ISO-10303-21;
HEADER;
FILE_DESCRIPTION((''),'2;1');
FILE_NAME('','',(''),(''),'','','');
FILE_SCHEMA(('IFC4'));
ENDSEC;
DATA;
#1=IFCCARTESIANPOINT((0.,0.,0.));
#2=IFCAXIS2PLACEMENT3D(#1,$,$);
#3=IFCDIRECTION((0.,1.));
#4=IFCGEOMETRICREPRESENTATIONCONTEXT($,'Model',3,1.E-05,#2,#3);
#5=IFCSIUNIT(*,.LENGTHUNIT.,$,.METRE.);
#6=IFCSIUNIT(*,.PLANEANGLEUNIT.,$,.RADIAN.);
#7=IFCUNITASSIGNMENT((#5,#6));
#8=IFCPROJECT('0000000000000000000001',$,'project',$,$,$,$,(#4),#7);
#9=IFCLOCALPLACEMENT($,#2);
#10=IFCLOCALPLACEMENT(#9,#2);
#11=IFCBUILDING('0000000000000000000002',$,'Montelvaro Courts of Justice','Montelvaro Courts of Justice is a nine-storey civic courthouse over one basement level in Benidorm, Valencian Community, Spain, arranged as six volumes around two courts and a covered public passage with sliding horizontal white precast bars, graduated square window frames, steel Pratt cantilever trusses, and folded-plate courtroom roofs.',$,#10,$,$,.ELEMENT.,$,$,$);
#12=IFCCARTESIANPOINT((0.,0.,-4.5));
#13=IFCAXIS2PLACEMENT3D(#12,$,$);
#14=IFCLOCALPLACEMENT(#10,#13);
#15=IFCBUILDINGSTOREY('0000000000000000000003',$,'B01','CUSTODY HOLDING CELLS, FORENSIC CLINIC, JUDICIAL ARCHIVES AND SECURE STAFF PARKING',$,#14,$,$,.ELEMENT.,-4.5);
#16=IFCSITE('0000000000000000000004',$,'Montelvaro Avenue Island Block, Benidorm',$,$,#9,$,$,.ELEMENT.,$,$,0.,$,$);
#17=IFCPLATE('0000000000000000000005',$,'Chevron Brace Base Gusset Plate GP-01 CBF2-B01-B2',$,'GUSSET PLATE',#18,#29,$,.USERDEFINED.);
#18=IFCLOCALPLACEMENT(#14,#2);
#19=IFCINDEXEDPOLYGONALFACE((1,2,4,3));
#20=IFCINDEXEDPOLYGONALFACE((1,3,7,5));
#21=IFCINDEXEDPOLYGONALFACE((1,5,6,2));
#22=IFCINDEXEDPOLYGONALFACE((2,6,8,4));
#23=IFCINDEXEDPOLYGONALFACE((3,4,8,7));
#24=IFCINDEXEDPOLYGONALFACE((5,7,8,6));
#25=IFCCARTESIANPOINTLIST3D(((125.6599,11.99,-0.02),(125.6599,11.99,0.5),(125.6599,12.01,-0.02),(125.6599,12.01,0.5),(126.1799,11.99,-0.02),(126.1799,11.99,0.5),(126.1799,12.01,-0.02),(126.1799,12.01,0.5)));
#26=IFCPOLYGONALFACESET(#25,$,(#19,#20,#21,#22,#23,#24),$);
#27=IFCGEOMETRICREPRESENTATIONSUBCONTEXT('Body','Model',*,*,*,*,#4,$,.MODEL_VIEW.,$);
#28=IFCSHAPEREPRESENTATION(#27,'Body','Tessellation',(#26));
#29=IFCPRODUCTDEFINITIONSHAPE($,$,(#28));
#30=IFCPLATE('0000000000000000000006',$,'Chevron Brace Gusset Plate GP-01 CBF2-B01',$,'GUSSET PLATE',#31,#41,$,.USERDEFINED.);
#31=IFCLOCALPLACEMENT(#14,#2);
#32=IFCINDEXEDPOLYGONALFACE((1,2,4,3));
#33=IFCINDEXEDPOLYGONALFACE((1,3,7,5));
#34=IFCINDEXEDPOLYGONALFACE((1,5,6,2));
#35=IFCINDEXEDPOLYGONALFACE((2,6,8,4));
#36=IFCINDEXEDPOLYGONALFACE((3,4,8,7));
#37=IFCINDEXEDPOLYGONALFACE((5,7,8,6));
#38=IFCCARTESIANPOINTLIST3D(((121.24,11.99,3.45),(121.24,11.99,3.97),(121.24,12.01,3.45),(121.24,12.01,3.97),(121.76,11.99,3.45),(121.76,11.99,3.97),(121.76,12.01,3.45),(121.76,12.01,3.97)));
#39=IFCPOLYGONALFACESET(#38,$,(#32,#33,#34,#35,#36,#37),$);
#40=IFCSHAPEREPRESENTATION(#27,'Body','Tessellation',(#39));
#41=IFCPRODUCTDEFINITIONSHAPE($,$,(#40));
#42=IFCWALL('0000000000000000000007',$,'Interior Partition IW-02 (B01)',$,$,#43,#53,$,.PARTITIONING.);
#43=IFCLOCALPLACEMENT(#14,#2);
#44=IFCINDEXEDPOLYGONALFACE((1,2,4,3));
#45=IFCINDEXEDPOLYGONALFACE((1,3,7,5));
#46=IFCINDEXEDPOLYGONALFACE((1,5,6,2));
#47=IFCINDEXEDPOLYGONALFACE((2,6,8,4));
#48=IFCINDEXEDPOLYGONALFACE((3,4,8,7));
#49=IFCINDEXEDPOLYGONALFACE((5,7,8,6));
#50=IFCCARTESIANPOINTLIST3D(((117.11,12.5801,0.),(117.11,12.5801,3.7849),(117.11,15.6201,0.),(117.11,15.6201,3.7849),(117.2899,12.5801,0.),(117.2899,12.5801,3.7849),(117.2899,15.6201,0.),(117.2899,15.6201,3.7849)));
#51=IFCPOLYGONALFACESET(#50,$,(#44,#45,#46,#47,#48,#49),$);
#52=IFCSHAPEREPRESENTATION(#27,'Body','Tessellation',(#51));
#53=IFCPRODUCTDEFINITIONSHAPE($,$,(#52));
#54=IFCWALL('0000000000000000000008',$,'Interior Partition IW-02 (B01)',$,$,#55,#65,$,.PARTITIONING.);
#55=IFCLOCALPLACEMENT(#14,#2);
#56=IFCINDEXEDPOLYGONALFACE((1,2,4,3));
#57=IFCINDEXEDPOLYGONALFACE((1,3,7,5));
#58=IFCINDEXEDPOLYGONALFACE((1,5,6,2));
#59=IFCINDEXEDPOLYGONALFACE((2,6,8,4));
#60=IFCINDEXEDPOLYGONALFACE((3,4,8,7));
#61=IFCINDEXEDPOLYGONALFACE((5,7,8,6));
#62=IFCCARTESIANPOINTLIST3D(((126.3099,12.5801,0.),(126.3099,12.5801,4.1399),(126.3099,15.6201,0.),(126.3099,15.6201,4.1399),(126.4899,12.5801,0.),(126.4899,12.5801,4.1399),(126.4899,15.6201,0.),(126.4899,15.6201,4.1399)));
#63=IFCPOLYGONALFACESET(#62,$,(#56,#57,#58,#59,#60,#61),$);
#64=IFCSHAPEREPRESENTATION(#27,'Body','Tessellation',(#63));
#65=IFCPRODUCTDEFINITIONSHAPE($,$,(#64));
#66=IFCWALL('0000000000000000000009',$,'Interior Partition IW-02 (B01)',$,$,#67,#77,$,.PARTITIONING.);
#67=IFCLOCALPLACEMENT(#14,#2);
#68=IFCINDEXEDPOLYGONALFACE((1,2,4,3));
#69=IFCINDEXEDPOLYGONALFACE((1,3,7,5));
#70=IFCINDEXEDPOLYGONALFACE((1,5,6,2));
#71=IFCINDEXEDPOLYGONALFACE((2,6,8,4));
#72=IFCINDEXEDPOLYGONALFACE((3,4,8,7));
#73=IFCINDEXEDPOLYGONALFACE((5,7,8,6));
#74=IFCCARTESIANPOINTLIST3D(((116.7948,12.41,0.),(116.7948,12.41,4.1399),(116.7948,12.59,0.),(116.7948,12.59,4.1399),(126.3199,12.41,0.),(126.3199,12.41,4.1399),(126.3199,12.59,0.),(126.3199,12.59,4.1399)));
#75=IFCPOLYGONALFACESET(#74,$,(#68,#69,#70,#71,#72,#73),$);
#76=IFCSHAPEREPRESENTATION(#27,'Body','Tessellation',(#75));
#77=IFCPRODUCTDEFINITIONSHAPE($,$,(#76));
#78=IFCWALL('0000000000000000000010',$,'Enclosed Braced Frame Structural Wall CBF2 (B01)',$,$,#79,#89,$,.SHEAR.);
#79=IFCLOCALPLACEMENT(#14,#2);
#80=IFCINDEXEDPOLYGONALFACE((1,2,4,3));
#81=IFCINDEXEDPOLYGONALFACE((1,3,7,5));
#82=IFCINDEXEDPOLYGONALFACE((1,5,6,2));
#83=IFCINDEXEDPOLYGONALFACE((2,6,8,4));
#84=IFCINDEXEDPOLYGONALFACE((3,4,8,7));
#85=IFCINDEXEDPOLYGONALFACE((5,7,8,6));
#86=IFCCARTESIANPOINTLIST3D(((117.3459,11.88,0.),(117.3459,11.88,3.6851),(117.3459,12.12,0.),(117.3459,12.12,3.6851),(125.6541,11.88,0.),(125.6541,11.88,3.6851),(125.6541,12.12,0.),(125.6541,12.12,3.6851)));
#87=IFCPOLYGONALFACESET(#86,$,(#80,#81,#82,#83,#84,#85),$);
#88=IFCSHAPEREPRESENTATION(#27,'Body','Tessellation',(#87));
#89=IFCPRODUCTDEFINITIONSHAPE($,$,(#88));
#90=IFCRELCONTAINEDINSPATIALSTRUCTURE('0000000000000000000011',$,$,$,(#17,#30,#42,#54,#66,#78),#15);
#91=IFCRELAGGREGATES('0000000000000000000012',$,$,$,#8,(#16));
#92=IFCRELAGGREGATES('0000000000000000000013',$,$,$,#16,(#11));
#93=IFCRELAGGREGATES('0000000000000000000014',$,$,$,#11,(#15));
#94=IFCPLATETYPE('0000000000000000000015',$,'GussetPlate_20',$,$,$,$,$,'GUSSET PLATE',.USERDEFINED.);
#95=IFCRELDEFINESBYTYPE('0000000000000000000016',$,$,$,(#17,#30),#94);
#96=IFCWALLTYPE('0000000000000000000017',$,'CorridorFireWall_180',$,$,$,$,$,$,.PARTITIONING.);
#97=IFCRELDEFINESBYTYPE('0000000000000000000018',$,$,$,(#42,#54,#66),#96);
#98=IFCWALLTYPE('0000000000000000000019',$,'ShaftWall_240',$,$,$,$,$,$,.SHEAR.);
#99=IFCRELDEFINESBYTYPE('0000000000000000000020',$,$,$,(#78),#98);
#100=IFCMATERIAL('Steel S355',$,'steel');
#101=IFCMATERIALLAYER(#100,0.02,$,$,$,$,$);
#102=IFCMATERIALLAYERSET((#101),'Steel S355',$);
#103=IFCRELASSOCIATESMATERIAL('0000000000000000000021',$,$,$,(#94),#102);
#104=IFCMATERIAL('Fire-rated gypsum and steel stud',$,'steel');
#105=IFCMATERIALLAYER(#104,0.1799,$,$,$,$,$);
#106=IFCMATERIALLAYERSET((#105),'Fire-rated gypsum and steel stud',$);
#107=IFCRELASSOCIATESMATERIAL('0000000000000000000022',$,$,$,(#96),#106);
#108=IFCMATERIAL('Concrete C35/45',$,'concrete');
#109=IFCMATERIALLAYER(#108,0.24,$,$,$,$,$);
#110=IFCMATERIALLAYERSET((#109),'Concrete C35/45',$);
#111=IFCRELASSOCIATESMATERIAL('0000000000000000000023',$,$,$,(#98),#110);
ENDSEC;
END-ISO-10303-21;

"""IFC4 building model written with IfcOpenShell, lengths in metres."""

from ifc_helpers import new_model, si_unit, direction, frame, frame_2d, origin, origin_2d, place, context, subcontext, project, spatial, rectangle, extrude, material, layer, layer_set, type_object, element, save


model = new_model("IFC4")

# Units and contexts
model_context = context("Model", 3, precision=1e-05, world=origin(), true_north=direction((0.0, 1.0)))
body_context = subcontext(model_context, "Body", "Model", "MODEL_VIEW")
ifc_project = project(units=[si_unit("LENGTHUNIT", "METRE"), si_unit("PLANEANGLEUNIT", "RADIAN")], contexts=[model_context])

# Site, building, storey
site_placement = place(None, origin())
site = spatial("IfcSite", under=ifc_project, at=site_placement, Name="Montelvaro Avenue Island Block, Benidorm", CompositionType="ELEMENT", RefElevation=0.0)
building_placement = place(site_placement, origin())
building = spatial("IfcBuilding", under=site, at=building_placement, Name="Montelvaro Courts of Justice", Description="Montelvaro Courts of Justice is a nine-storey civic courthouse over one basement level in Benidorm, Valencian Community, Spain, arranged as six volumes around two courts and a covered public passage with sliding horizontal white precast bars, graduated square window frames, steel Pratt cantilever trusses, and folded-plate courtroom roofs.", CompositionType="ELEMENT")
storey_placement = place(building_placement, frame((0.0, 0.0, -4.5)))
storey = spatial("IfcBuildingStorey", under=building, at=storey_placement, Name="B01", Description="CUSTODY HOLDING CELLS, FORENSIC CLINIC, JUDICIAL ARCHIVES AND SECURE STAFF PARKING", CompositionType="ELEMENT", Elevation=-4.5)

# Shared definitions
ifc_material_1 = material(Name="Concrete C35/45", Category="concrete")

# Shared definitions
ifc_material_2 = material(Name="Steel S355", Category="steel")

# Plates
ifc_layer_1 = layer(ifc_material_2, 0.02)
ifc_layer_set_1 = layer_set([ifc_layer_1], Name="Steel S355")
plate_type_1 = type_object("IfcPlateType", Name="GussetPlate_20", ElementType="GUSSET PLATE", PredefinedType="USERDEFINED", material=ifc_layer_set_1)
for number, where, z_axis, x_axis, name in (
    (1, (125.9199, 12.0, -0.02), (0.0, 0.0, 1.0), (1.0, 0.0, 0.0), "Chevron Brace Base Gusset Plate GP-01 CBF2-B01-B2"),
    (2, (121.5, 12.0, 3.45), (0.0, 0.0, 1.0), (1.0, 0.0, 0.0), "Chevron Brace Gusset Plate GP-01 CBF2-B01"),
):
    element("IfcPlate", number, at=place(storey_placement, frame(where, z_axis=z_axis, x_axis=x_axis)), inside=storey, type_object=plate_type_1, Name=name, ObjectType="GUSSET PLATE", PredefinedType="USERDEFINED", context=body_context, shape_type="SweptSolid", body=[
        extrude(rectangle(XDim=0.52, YDim=0.02, at=origin_2d()), origin(), (0.0, 0.0, 1.0), 0.52),
    ])

# Walls
ifc_material_3 = material(Name="Fire-rated gypsum and steel stud", Category="steel")
ifc_layer_2 = layer(ifc_material_3, 0.1799)
ifc_layer_set_2 = layer_set([ifc_layer_2], Name="Fire-rated gypsum and steel stud")
wall_type_1 = type_object("IfcWallType", Name="CorridorFireWall_180", PredefinedType="PARTITIONING", material=ifc_layer_set_2)
wall_1_placement = place(storey_placement, frame((117.2, 12.5801, 0.0), z_axis=(0.0, 0.0, 1.0), x_axis=(0.0, 1.0, 0.0)))
element("IfcWall", 3, at=wall_1_placement, inside=storey, type_object=wall_type_1, Name="Interior Partition IW-02 (B01)", PredefinedType="PARTITIONING", context=body_context, shape_type="SweptSolid", body=[
    extrude(rectangle(XDim=3.04, YDim=0.1799, at=frame_2d((1.52, 0.0))), origin(), (0.0, 0.0, 1.0), 3.7849),
])
wall_2_placement = place(storey_placement, frame((126.3999, 15.6201, 0.0), z_axis=(0.0, 0.0, 1.0), x_axis=(0.0, -1.0, 0.0)))
element("IfcWall", 4, at=wall_2_placement, inside=storey, type_object=wall_type_1, Name="Interior Partition IW-02 (B01)", PredefinedType="PARTITIONING", context=body_context, shape_type="SweptSolid", body=[
    extrude(rectangle(XDim=3.04, YDim=0.1799, at=frame_2d((1.52, 0.0))), origin(), (0.0, 0.0, 1.0), 4.1399),
])
wall_3_placement = place(storey_placement, frame((126.3201, 12.5, 0.0), z_axis=(0.0, 0.0, 1.0), x_axis=(-1.0, 0.0, 0.0)))
element("IfcWall", 5, at=wall_3_placement, inside=storey, type_object=wall_type_1, Name="Interior Partition IW-02 (B01)", PredefinedType="PARTITIONING", context=body_context, shape_type="SweptSolid", body=[
    extrude(rectangle(XDim=9.5251, YDim=0.1799, at=frame_2d((4.7627, 0.0))), origin(), (0.0, 0.0, 1.0), 4.1399),
])
ifc_layer_3 = layer(ifc_material_1, 0.24)
ifc_layer_set_3 = layer_set([ifc_layer_3], Name="Concrete C35/45")
wall_type_2 = type_object("IfcWallType", Name="ShaftWall_240", PredefinedType="SHEAR", material=ifc_layer_set_3)
wall_4_placement = place(storey_placement, frame((117.3459, 12.0, 0.0), z_axis=(0.0, 0.0, 1.0), x_axis=(1.0, 0.0, 0.0)))
element("IfcWall", 6, at=wall_4_placement, inside=storey, type_object=wall_type_2, Name="Enclosed Braced Frame Structural Wall CBF2 (B01)", PredefinedType="SHEAR", context=body_context, shape_type="SweptSolid", body=[
    extrude(rectangle(XDim=8.3081, YDim=0.24, at=frame_2d((4.1541, 0.0))), origin(), (0.0, 0.0, 1.0), 3.6851),
])

save(model, "model.ifc")
